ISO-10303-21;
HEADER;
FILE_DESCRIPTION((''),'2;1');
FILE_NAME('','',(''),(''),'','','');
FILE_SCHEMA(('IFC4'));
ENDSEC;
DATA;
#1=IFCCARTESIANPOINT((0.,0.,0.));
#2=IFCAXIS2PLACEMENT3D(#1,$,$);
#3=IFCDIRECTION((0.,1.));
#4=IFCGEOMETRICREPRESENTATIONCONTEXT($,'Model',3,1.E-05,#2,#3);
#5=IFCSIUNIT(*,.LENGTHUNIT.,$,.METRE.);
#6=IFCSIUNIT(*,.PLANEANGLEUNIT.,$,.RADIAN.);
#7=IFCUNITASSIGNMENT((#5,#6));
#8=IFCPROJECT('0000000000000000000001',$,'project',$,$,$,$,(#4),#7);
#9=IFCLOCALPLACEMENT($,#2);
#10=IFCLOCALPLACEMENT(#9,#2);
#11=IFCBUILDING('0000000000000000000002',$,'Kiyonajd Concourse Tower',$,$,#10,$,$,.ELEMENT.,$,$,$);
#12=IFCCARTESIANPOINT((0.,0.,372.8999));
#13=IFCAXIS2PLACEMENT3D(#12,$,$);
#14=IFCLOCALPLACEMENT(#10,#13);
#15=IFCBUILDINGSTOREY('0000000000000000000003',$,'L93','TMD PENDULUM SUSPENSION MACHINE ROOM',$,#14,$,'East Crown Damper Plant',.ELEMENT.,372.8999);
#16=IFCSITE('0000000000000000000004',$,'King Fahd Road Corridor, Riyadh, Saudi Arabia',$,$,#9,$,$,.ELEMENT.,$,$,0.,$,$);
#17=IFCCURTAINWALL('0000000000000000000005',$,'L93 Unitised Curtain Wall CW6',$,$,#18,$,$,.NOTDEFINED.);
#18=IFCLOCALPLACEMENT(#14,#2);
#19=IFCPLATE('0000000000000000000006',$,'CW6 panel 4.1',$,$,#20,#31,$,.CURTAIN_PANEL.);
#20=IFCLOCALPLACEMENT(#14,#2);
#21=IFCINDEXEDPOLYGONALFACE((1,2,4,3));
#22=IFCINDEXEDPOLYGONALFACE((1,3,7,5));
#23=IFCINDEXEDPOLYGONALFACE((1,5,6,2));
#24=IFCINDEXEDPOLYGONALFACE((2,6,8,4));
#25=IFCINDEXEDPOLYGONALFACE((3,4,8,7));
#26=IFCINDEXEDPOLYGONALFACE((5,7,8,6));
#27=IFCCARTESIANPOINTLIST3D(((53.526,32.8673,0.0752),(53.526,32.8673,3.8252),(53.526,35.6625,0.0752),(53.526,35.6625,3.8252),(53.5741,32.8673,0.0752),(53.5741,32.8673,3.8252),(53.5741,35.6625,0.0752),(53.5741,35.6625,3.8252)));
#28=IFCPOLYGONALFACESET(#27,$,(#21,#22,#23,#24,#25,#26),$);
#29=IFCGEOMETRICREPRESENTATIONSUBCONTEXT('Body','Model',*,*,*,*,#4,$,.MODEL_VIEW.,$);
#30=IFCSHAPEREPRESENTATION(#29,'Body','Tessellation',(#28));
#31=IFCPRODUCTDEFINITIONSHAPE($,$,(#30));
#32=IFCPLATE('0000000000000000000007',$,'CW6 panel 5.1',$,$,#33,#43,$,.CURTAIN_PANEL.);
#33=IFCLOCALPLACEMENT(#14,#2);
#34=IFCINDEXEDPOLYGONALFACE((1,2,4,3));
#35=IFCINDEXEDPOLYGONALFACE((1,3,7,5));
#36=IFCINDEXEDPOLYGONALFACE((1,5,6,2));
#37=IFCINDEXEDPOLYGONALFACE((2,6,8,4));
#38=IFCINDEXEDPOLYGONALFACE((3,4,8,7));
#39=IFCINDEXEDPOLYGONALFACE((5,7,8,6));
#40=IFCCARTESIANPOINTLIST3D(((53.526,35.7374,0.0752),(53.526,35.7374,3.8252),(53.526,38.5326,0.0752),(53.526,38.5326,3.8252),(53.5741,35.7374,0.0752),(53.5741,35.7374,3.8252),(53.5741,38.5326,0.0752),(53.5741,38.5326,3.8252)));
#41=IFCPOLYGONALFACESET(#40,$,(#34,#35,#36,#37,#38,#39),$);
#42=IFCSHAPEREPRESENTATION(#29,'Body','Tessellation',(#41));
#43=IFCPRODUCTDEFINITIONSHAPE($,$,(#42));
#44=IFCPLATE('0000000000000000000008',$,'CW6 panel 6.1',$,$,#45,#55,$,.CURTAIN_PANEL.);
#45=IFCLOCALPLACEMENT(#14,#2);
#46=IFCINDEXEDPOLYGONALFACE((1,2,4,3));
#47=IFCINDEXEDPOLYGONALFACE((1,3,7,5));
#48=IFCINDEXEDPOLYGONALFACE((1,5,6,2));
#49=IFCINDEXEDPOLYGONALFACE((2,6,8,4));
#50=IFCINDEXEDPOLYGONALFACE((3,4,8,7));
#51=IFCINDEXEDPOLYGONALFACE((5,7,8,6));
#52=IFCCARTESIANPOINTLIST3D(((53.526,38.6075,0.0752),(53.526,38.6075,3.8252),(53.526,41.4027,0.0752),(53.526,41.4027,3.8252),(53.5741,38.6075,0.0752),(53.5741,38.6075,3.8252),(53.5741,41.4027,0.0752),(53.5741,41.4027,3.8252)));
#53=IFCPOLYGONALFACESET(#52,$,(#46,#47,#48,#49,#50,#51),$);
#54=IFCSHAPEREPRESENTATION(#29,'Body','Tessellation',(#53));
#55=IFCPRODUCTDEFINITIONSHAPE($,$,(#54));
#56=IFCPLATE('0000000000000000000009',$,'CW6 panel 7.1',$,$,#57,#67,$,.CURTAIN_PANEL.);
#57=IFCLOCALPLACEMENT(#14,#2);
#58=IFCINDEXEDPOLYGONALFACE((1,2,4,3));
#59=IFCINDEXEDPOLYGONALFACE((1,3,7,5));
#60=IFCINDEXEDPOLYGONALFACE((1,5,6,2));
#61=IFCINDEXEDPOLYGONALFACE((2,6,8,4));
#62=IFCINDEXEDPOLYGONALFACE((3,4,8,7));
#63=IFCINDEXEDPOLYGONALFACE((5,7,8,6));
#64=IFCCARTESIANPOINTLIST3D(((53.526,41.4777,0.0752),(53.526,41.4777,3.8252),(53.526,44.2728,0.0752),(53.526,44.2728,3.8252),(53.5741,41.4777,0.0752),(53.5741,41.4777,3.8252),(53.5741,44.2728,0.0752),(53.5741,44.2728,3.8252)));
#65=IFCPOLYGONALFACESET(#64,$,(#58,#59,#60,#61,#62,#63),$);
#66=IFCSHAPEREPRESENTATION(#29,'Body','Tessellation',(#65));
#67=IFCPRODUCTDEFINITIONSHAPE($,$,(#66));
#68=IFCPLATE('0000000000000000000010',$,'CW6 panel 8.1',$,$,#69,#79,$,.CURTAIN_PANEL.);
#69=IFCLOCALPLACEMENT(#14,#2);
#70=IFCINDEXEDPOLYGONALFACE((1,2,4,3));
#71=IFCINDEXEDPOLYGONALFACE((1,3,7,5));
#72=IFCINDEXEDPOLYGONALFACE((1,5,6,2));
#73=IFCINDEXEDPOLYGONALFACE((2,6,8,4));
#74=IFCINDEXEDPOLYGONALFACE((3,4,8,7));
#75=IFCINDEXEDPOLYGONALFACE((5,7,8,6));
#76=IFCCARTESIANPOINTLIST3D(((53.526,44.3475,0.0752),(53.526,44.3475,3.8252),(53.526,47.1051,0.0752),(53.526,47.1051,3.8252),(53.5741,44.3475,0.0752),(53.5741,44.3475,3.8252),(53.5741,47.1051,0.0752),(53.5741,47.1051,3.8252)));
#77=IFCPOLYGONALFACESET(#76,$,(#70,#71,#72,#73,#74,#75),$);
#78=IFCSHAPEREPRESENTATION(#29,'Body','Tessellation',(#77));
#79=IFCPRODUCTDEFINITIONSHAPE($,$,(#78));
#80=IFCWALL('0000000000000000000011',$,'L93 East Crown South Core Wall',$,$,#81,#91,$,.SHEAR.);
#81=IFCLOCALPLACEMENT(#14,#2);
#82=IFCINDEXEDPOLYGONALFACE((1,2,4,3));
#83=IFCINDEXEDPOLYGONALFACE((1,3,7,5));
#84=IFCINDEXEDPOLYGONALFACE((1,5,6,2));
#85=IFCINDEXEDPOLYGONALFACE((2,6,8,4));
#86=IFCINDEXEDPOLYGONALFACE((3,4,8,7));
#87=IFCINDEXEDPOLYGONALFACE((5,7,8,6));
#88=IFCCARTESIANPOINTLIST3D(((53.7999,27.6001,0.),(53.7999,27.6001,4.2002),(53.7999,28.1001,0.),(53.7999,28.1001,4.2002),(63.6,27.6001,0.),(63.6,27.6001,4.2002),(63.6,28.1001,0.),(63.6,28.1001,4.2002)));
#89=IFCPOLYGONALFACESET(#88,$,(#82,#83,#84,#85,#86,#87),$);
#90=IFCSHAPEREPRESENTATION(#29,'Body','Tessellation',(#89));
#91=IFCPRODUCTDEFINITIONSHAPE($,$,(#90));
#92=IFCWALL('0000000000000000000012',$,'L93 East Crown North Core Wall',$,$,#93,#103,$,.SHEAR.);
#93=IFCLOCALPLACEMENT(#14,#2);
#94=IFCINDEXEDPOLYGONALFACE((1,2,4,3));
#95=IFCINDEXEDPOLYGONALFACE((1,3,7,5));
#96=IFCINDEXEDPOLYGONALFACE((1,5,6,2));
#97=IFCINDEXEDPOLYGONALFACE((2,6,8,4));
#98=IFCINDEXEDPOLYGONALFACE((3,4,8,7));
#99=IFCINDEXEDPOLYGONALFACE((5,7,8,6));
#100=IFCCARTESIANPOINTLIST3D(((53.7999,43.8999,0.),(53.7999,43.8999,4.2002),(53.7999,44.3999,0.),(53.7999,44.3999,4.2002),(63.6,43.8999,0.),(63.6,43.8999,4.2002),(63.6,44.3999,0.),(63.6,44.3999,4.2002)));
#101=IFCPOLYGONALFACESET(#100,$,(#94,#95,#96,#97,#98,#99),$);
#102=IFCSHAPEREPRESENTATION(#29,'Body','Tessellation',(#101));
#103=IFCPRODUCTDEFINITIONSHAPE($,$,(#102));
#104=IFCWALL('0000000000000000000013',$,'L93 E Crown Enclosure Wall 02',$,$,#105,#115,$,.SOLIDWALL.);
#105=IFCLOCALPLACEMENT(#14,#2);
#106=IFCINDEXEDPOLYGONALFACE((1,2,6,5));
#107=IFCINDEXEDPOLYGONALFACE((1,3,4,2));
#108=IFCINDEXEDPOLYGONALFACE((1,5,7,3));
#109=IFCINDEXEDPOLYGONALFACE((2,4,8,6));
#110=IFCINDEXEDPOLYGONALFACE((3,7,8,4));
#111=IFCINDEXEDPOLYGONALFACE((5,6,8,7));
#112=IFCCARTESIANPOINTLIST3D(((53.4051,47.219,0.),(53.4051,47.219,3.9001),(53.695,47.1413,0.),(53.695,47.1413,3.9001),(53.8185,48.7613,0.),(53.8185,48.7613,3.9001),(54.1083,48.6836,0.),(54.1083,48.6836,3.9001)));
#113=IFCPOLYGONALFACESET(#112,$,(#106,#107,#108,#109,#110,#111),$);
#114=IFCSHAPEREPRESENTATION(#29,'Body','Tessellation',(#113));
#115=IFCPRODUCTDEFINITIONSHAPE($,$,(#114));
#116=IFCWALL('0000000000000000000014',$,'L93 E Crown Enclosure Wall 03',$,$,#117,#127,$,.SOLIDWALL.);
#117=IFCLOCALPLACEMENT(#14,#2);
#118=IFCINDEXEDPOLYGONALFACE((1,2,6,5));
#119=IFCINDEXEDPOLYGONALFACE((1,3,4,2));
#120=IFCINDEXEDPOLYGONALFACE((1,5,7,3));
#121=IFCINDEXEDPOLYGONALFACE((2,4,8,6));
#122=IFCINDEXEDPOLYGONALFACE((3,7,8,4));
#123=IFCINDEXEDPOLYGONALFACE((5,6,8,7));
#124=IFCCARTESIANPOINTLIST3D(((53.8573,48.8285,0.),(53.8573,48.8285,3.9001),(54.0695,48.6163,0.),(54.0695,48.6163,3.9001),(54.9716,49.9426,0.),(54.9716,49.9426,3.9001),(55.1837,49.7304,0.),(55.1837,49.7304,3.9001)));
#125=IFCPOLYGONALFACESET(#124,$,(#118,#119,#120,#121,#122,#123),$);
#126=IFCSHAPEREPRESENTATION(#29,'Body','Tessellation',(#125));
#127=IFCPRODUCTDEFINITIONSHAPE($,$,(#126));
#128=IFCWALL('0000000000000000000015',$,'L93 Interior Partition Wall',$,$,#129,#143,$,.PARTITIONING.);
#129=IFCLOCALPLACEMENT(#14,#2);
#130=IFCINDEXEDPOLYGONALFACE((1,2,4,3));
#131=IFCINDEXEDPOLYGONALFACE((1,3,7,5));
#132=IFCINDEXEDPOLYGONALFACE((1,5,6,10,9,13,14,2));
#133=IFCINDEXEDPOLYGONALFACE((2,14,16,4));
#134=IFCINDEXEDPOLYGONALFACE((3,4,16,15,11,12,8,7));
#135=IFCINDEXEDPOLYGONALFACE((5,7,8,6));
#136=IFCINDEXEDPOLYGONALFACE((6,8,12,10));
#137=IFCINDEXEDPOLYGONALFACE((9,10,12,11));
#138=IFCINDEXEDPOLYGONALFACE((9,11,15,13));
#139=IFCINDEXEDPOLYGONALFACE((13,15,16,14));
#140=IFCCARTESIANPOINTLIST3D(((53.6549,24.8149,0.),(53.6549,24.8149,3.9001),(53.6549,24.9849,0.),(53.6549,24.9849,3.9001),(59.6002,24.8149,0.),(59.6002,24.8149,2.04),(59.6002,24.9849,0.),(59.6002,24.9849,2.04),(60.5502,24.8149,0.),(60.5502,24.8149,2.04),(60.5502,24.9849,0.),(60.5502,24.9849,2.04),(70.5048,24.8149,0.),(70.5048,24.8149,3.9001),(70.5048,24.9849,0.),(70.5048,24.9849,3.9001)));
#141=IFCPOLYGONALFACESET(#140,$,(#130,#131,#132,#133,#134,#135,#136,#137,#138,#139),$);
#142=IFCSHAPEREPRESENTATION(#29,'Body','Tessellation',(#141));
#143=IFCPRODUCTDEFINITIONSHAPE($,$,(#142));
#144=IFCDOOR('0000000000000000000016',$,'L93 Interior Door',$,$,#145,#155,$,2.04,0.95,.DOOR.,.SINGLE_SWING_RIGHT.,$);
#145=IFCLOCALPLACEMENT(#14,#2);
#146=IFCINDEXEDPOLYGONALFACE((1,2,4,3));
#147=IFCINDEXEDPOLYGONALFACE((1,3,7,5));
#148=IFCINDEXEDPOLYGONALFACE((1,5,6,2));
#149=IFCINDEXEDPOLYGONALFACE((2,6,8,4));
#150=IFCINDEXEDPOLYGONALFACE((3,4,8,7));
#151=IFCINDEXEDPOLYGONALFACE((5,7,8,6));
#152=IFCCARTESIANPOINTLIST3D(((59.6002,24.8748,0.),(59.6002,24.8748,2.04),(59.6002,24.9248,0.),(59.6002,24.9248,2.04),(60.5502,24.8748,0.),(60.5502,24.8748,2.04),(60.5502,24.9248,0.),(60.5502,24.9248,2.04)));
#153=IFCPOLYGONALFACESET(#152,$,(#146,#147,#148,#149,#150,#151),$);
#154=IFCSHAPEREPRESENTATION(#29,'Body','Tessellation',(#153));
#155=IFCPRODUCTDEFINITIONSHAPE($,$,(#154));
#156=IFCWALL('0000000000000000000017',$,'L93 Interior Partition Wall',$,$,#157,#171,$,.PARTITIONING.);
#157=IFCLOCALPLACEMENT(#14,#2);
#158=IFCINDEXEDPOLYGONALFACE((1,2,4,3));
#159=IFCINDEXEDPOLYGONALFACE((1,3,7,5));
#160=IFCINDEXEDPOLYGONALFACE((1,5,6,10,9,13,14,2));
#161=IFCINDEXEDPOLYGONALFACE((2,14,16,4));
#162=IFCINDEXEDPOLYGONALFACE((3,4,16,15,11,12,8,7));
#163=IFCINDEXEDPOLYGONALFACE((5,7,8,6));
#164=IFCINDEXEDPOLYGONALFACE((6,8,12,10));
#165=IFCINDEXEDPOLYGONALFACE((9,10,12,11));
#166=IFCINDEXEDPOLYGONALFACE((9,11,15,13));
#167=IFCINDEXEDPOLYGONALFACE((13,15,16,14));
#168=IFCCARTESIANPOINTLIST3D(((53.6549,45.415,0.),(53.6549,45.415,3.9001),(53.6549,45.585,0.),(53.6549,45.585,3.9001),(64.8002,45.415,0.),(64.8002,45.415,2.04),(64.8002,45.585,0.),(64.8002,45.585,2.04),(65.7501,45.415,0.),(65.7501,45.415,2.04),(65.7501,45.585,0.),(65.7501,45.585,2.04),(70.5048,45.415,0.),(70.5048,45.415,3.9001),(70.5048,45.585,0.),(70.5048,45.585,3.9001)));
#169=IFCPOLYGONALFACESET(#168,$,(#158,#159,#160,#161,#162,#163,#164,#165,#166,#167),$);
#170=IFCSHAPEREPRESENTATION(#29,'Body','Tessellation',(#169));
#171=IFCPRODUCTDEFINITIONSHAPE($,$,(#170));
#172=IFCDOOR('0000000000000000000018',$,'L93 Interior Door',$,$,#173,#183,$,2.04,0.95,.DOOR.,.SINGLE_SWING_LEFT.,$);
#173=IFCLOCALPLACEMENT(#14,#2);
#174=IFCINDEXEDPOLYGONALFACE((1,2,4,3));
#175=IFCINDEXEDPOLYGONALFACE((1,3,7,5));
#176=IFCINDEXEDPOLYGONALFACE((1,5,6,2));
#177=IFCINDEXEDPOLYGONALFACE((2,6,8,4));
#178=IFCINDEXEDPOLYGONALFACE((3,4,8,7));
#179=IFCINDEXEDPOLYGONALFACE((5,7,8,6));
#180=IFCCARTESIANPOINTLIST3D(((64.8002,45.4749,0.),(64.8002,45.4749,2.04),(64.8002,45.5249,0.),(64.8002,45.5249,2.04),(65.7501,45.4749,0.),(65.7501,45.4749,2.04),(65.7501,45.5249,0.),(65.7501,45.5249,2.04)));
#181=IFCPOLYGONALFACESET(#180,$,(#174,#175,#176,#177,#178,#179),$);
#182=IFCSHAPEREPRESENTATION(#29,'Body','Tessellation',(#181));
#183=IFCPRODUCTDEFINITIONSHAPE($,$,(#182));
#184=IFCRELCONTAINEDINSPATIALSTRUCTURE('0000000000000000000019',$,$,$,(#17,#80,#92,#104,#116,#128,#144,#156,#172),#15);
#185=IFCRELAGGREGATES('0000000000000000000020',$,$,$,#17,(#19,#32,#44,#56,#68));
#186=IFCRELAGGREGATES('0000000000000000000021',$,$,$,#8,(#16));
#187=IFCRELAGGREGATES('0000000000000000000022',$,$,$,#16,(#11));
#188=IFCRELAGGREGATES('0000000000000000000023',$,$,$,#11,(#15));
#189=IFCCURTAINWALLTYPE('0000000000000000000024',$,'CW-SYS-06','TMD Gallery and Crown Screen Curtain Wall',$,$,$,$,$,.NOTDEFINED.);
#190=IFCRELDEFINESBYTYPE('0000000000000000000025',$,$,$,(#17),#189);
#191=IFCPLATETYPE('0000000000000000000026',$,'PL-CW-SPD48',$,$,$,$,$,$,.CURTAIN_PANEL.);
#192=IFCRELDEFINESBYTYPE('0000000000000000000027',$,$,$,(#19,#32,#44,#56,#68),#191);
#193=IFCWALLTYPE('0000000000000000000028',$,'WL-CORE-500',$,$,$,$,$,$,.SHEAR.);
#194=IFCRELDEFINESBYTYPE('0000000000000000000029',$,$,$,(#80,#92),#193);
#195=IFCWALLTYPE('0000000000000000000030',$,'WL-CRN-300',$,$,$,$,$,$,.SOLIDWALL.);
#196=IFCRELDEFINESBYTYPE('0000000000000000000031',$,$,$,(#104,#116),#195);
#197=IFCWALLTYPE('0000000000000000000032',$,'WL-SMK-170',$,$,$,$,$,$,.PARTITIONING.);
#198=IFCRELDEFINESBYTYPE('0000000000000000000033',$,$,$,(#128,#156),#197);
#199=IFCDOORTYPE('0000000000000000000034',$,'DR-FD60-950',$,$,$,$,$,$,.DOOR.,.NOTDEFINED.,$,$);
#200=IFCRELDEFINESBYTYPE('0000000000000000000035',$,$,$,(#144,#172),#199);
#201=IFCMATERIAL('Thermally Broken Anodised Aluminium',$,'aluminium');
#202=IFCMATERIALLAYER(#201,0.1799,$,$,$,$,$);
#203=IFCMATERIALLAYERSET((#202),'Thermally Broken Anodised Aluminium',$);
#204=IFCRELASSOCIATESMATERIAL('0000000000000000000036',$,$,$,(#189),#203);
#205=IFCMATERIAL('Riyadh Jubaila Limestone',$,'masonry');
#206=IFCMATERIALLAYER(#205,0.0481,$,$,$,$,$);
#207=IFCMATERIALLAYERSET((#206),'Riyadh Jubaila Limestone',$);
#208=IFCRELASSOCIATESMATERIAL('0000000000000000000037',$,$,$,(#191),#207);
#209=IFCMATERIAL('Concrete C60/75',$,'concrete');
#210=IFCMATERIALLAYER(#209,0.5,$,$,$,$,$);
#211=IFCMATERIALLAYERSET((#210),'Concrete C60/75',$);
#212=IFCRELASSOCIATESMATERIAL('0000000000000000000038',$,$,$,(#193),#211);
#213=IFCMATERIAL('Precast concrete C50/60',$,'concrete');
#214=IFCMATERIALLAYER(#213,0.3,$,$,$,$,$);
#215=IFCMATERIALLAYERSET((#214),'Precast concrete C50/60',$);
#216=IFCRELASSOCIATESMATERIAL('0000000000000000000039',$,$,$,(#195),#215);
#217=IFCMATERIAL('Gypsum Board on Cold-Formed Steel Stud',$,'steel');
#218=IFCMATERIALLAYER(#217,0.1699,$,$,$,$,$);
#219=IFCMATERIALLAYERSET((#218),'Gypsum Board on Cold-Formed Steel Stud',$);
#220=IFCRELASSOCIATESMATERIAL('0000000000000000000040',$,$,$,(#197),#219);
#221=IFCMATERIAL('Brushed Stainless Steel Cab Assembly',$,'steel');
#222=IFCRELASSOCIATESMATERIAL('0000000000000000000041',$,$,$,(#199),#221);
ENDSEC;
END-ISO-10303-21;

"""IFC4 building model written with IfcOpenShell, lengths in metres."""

from ifc_helpers import new_model, si_unit, direction, frame, frame_2d, origin, origin_2d, place, context, subcontext, project, spatial, rectangle, extrude, material, layer, layer_set, type_object, element, fill, aggregate, save


model = new_model("IFC4")

# Units and contexts
model_context = context("Model", 3, precision=1e-05, world=origin(), true_north=direction((0.0, 1.0)))
body_context = subcontext(model_context, "Body", "Model", "MODEL_VIEW")
ifc_project = project(units=[si_unit("LENGTHUNIT", "METRE"), si_unit("PLANEANGLEUNIT", "RADIAN")], contexts=[model_context])

# Site, building, storey
site_placement = place(None, origin())
site = spatial("IfcSite", under=ifc_project, at=site_placement, Name="King Fahd Road Corridor, Riyadh, Saudi Arabia", CompositionType="ELEMENT", RefElevation=0.0)
building_placement = place(site_placement, origin())
building = spatial("IfcBuilding", under=site, at=building_placement, Name="Kiyonajd Concourse Tower", CompositionType="ELEMENT")
storey_placement = place(building_placement, frame((0.0, 0.0, 372.8999)))
storey = spatial("IfcBuildingStorey", under=building, at=storey_placement, Name="L93", Description="TMD PENDULUM SUSPENSION MACHINE ROOM", LongName="East Crown Damper Plant", CompositionType="ELEMENT", Elevation=372.8999)

# Curtain wall, plates
ifc_material_1 = material(Name="Thermally Broken Anodised Aluminium", Category="aluminium")
ifc_layer_1 = layer(ifc_material_1, 0.1799)
ifc_layer_set_1 = layer_set([ifc_layer_1], Name="Thermally Broken Anodised Aluminium")
curtain_wall_type = type_object("IfcCurtainWallType", Name="CW-SYS-06", Description="TMD Gallery and Crown Screen Curtain Wall", PredefinedType="NOTDEFINED", material=ifc_layer_set_1)
curtain_wall_placement = place(storey_placement, origin())
curtain_wall = element("IfcCurtainWall", 1, at=curtain_wall_placement, inside=storey, type_object=curtain_wall_type, Name="L93 Unitised Curtain Wall CW6", PredefinedType="NOTDEFINED")
ifc_material_2 = material(Name="Riyadh Jubaila Limestone", Category="masonry")
ifc_layer_2 = layer(ifc_material_2, 0.0481)
ifc_layer_set_2 = layer_set([ifc_layer_2], Name="Riyadh Jubaila Limestone")
plate_type = type_object("IfcPlateType", Name="PL-CW-SPD48", PredefinedType="CURTAIN_PANEL", material=ifc_layer_set_2)
plate_1_placement = place(storey_placement, frame((53.55, 34.2649, 0.0752), z_axis=(0.0, 0.0, 1.0), x_axis=(0.0, 1.0, 0.0)))
plate_1 = element("IfcPlate", 2, at=plate_1_placement, type_object=plate_type, Name="CW6 panel 4.1", PredefinedType="CURTAIN_PANEL", context=body_context, shape_type="SweptSolid", body=[
    extrude(rectangle(XDim=2.7952, YDim=0.0481, at=origin_2d()), origin(), (0.0, 0.0, 1.0), 3.75),
])
plate_2_placement = place(storey_placement, frame((53.55, 37.135, 0.0752), z_axis=(0.0, 0.0, 1.0), x_axis=(0.0, 1.0, 0.0)))
plate_2 = element("IfcPlate", 3, at=plate_2_placement, type_object=plate_type, Name="CW6 panel 5.1", PredefinedType="CURTAIN_PANEL", context=body_context, shape_type="SweptSolid", body=[
    extrude(rectangle(XDim=2.7952, YDim=0.0481, at=origin_2d()), origin(), (0.0, 0.0, 1.0), 3.75),
])
plate_3_placement = place(storey_placement, frame((53.55, 40.0051, 0.0752), z_axis=(0.0, 0.0, 1.0), x_axis=(0.0, 1.0, 0.0)))
plate_3 = element("IfcPlate", 4, at=plate_3_placement, type_object=plate_type, Name="CW6 panel 6.1", PredefinedType="CURTAIN_PANEL", context=body_context, shape_type="SweptSolid", body=[
    extrude(rectangle(XDim=2.7952, YDim=0.0481, at=origin_2d()), origin(), (0.0, 0.0, 1.0), 3.75),
])
plate_4_placement = place(storey_placement, frame((53.55, 42.8752, 0.0752), z_axis=(0.0, 0.0, 1.0), x_axis=(0.0, 1.0, 0.0)))
plate_4 = element("IfcPlate", 5, at=plate_4_placement, type_object=plate_type, Name="CW6 panel 7.1", PredefinedType="CURTAIN_PANEL", context=body_context, shape_type="SweptSolid", body=[
    extrude(rectangle(XDim=2.7952, YDim=0.0481, at=origin_2d()), origin(), (0.0, 0.0, 1.0), 3.75),
])
plate_5_placement = place(storey_placement, frame((53.55, 45.7263, 0.0752), z_axis=(0.0, 0.0, 1.0), x_axis=(0.0, 1.0, 0.0)))
plate_5 = element("IfcPlate", 6, at=plate_5_placement, type_object=plate_type, Name="CW6 panel 8.1", PredefinedType="CURTAIN_PANEL", context=body_context, shape_type="SweptSolid", body=[
    extrude(rectangle(XDim=2.7576, YDim=0.0481, at=origin_2d()), origin(), (0.0, 0.0, 1.0), 3.75),
])
aggregate(curtain_wall, [plate_1, plate_2, plate_3, plate_4, plate_5])

# Walls
ifc_material_3 = material(Name="Concrete C60/75", Category="concrete")
ifc_layer_3 = layer(ifc_material_3, 0.5)
ifc_layer_set_3 = layer_set([ifc_layer_3], Name="Concrete C60/75")
wall_type_1 = type_object("IfcWallType", Name="WL-CORE-500", PredefinedType="SHEAR", material=ifc_layer_set_3)
for number, where, z_axis, x_axis, name in (
    (7, (53.8, 27.8501, 0.0), (0.0, 0.0, 1.0), (1.0, 0.0, 0.0), "L93 East Crown South Core Wall"),
    (8, (53.8, 44.1499, 0.0), (0.0, 0.0, 1.0), (1.0, 0.0, 0.0), "L93 East Crown North Core Wall"),
):
    element("IfcWall", number, at=place(storey_placement, frame(where, z_axis=z_axis, x_axis=x_axis)), inside=storey, type_object=wall_type_1, Name=name, PredefinedType="SHEAR", context=body_context, shape_type="SweptSolid", body=[
        extrude(rectangle(XDim=9.8, YDim=0.5, at=frame_2d((4.8999, 0.0))), origin(), (0.0, 0.0, 1.0), 4.2002),
    ])
ifc_material_4 = material(Name="Precast concrete C50/60", Category="concrete")
ifc_layer_4 = layer(ifc_material_4, 0.3)
ifc_layer_set_4 = layer_set([ifc_layer_4], Name="Precast concrete C50/60")
wall_type_2 = type_object("IfcWallType", Name="WL-CRN-300", PredefinedType="SOLIDWALL", material=ifc_layer_set_4)
wall_1_placement = place(storey_placement, frame((53.55, 47.1802, 0.0), z_axis=(0.0, 0.0, 1.0), x_axis=(0.258871, 0.965912, 0.0)))
element("IfcWall", 9, at=wall_1_placement, inside=storey, type_object=wall_type_2, Name="L93 E Crown Enclosure Wall 02", PredefinedType="SOLIDWALL", context=body_context, shape_type="SweptSolid", body=[
    extrude(rectangle(XDim=1.5967, YDim=0.3, at=frame_2d((0.7983, 0.0))), origin(), (0.0, 0.0, 1.0), 3.9001),
])
wall_2_placement = place(storey_placement, frame((53.9634, 48.7224, 0.0), z_axis=(0.0, 0.0, 1.0), x_axis=(0.707184, 0.707029, 0.0)))
element("IfcWall", 10, at=wall_2_placement, inside=storey, type_object=wall_type_2, Name="L93 E Crown Enclosure Wall 03", PredefinedType="SOLIDWALL", context=body_context, shape_type="SweptSolid", body=[
    extrude(rectangle(XDim=1.5757, YDim=0.3, at=frame_2d((0.7878, 0.0))), origin(), (0.0, 0.0, 1.0), 3.9001),
])

# Walls, openings, doors
ifc_material_5 = material(Name="Gypsum Board on Cold-Formed Steel Stud", Category="steel")
ifc_layer_5 = layer(ifc_material_5, 0.1699)
ifc_layer_set_5 = layer_set([ifc_layer_5], Name="Gypsum Board on Cold-Formed Steel Stud")
wall_type_3 = type_object("IfcWallType", Name="WL-SMK-170", PredefinedType="PARTITIONING", material=ifc_layer_set_5)
wall_3_placement = place(storey_placement, frame((53.655, 24.8999, 0.0), z_axis=(0.0, 0.0, 1.0), x_axis=(1.0, 0.0, 0.0)))
wall_3 = element("IfcWall", 11, at=wall_3_placement, inside=storey, type_object=wall_type_3, Name="L93 Interior Partition Wall", PredefinedType="PARTITIONING", context=body_context, shape_type="SweptSolid", body=[
    extrude(rectangle(XDim=16.8499, YDim=0.1699, at=frame_2d((8.4248, 0.0))), origin(), (0.0, 0.0, 1.0), 3.9001),
])
opening_1_placement = place(wall_3_placement, frame((5.9451, 0.0, 0.0)))
opening_1 = element("IfcOpeningElement", 12, at=opening_1_placement, cuts=wall_3, PredefinedType="OPENING", context=body_context, shape_type="SweptSolid", body=[
    extrude(rectangle(XDim=0.95, YDim=2.04, at=frame_2d((0.4751, 1.02))), frame((0.0, 0.095, 0.0), z_axis=(0.0, -1.0, 0.0), x_axis=(1.0, 0.0, 0.0)), (0.0, 0.0, 1.0), 0.1899),
])
ifc_material_6 = material(Name="Brushed Stainless Steel Cab Assembly", Category="steel")
door_type = type_object("IfcDoorType", Name="DR-FD60-950", OperationType="NOTDEFINED", PredefinedType="DOOR", material=ifc_material_6)
door_1_placement = place(opening_1_placement, origin())
door_1 = element("IfcDoor", 13, at=door_1_placement, inside=storey, type_object=door_type, Name="L93 Interior Door", OperationType="SINGLE_SWING_RIGHT", OverallHeight=2.04, OverallWidth=0.95, PredefinedType="DOOR", context=body_context, shape_type="SweptSolid", body=[
    extrude(rectangle(XDim=0.95, YDim=2.04, at=frame_2d((0.4751, 1.02))), frame((0.0, 0.0249, 0.0), z_axis=(0.0, -1.0, 0.0), x_axis=(1.0, 0.0, 0.0)), (0.0, 0.0, 1.0), 0.05),
])
fill(opening_1, door_1)
wall_4_placement = place(storey_placement, frame((53.655, 45.5, 0.0), z_axis=(0.0, 0.0, 1.0), x_axis=(1.0, 0.0, 0.0)))
wall_4 = element("IfcWall", 14, at=wall_4_placement, inside=storey, type_object=wall_type_3, Name="L93 Interior Partition Wall", PredefinedType="PARTITIONING", context=body_context, shape_type="SweptSolid", body=[
    extrude(rectangle(XDim=16.8499, YDim=0.1699, at=frame_2d((8.4248, 0.0))), origin(), (0.0, 0.0, 1.0), 3.9001),
])
opening_2_placement = place(wall_4_placement, frame((11.145, 0.0, 0.0)))
opening_2 = element("IfcOpeningElement", 15, at=opening_2_placement, cuts=wall_4, PredefinedType="OPENING", context=body_context, shape_type="SweptSolid", body=[
    extrude(rectangle(XDim=0.95, YDim=2.04, at=frame_2d((0.4751, 1.02))), frame((0.0, 0.095, 0.0), z_axis=(0.0, -1.0, 0.0), x_axis=(1.0, 0.0, 0.0)), (0.0, 0.0, 1.0), 0.1899),
])
door_2_placement = place(opening_2_placement, origin())
door_2 = element("IfcDoor", 16, at=door_2_placement, inside=storey, type_object=door_type, Name="L93 Interior Door", OperationType="SINGLE_SWING_LEFT", OverallHeight=2.04, OverallWidth=0.95, PredefinedType="DOOR", context=body_context, shape_type="SweptSolid", body=[
    extrude(rectangle(XDim=0.95, YDim=2.04, at=frame_2d((0.4751, 1.02))), frame((0.0, 0.0249, 0.0), z_axis=(0.0, -1.0, 0.0), x_axis=(1.0, 0.0, 0.0)), (0.0, 0.0, 1.0), 0.05),
])
fill(opening_2, door_2)

save(model, "model.ifc")
